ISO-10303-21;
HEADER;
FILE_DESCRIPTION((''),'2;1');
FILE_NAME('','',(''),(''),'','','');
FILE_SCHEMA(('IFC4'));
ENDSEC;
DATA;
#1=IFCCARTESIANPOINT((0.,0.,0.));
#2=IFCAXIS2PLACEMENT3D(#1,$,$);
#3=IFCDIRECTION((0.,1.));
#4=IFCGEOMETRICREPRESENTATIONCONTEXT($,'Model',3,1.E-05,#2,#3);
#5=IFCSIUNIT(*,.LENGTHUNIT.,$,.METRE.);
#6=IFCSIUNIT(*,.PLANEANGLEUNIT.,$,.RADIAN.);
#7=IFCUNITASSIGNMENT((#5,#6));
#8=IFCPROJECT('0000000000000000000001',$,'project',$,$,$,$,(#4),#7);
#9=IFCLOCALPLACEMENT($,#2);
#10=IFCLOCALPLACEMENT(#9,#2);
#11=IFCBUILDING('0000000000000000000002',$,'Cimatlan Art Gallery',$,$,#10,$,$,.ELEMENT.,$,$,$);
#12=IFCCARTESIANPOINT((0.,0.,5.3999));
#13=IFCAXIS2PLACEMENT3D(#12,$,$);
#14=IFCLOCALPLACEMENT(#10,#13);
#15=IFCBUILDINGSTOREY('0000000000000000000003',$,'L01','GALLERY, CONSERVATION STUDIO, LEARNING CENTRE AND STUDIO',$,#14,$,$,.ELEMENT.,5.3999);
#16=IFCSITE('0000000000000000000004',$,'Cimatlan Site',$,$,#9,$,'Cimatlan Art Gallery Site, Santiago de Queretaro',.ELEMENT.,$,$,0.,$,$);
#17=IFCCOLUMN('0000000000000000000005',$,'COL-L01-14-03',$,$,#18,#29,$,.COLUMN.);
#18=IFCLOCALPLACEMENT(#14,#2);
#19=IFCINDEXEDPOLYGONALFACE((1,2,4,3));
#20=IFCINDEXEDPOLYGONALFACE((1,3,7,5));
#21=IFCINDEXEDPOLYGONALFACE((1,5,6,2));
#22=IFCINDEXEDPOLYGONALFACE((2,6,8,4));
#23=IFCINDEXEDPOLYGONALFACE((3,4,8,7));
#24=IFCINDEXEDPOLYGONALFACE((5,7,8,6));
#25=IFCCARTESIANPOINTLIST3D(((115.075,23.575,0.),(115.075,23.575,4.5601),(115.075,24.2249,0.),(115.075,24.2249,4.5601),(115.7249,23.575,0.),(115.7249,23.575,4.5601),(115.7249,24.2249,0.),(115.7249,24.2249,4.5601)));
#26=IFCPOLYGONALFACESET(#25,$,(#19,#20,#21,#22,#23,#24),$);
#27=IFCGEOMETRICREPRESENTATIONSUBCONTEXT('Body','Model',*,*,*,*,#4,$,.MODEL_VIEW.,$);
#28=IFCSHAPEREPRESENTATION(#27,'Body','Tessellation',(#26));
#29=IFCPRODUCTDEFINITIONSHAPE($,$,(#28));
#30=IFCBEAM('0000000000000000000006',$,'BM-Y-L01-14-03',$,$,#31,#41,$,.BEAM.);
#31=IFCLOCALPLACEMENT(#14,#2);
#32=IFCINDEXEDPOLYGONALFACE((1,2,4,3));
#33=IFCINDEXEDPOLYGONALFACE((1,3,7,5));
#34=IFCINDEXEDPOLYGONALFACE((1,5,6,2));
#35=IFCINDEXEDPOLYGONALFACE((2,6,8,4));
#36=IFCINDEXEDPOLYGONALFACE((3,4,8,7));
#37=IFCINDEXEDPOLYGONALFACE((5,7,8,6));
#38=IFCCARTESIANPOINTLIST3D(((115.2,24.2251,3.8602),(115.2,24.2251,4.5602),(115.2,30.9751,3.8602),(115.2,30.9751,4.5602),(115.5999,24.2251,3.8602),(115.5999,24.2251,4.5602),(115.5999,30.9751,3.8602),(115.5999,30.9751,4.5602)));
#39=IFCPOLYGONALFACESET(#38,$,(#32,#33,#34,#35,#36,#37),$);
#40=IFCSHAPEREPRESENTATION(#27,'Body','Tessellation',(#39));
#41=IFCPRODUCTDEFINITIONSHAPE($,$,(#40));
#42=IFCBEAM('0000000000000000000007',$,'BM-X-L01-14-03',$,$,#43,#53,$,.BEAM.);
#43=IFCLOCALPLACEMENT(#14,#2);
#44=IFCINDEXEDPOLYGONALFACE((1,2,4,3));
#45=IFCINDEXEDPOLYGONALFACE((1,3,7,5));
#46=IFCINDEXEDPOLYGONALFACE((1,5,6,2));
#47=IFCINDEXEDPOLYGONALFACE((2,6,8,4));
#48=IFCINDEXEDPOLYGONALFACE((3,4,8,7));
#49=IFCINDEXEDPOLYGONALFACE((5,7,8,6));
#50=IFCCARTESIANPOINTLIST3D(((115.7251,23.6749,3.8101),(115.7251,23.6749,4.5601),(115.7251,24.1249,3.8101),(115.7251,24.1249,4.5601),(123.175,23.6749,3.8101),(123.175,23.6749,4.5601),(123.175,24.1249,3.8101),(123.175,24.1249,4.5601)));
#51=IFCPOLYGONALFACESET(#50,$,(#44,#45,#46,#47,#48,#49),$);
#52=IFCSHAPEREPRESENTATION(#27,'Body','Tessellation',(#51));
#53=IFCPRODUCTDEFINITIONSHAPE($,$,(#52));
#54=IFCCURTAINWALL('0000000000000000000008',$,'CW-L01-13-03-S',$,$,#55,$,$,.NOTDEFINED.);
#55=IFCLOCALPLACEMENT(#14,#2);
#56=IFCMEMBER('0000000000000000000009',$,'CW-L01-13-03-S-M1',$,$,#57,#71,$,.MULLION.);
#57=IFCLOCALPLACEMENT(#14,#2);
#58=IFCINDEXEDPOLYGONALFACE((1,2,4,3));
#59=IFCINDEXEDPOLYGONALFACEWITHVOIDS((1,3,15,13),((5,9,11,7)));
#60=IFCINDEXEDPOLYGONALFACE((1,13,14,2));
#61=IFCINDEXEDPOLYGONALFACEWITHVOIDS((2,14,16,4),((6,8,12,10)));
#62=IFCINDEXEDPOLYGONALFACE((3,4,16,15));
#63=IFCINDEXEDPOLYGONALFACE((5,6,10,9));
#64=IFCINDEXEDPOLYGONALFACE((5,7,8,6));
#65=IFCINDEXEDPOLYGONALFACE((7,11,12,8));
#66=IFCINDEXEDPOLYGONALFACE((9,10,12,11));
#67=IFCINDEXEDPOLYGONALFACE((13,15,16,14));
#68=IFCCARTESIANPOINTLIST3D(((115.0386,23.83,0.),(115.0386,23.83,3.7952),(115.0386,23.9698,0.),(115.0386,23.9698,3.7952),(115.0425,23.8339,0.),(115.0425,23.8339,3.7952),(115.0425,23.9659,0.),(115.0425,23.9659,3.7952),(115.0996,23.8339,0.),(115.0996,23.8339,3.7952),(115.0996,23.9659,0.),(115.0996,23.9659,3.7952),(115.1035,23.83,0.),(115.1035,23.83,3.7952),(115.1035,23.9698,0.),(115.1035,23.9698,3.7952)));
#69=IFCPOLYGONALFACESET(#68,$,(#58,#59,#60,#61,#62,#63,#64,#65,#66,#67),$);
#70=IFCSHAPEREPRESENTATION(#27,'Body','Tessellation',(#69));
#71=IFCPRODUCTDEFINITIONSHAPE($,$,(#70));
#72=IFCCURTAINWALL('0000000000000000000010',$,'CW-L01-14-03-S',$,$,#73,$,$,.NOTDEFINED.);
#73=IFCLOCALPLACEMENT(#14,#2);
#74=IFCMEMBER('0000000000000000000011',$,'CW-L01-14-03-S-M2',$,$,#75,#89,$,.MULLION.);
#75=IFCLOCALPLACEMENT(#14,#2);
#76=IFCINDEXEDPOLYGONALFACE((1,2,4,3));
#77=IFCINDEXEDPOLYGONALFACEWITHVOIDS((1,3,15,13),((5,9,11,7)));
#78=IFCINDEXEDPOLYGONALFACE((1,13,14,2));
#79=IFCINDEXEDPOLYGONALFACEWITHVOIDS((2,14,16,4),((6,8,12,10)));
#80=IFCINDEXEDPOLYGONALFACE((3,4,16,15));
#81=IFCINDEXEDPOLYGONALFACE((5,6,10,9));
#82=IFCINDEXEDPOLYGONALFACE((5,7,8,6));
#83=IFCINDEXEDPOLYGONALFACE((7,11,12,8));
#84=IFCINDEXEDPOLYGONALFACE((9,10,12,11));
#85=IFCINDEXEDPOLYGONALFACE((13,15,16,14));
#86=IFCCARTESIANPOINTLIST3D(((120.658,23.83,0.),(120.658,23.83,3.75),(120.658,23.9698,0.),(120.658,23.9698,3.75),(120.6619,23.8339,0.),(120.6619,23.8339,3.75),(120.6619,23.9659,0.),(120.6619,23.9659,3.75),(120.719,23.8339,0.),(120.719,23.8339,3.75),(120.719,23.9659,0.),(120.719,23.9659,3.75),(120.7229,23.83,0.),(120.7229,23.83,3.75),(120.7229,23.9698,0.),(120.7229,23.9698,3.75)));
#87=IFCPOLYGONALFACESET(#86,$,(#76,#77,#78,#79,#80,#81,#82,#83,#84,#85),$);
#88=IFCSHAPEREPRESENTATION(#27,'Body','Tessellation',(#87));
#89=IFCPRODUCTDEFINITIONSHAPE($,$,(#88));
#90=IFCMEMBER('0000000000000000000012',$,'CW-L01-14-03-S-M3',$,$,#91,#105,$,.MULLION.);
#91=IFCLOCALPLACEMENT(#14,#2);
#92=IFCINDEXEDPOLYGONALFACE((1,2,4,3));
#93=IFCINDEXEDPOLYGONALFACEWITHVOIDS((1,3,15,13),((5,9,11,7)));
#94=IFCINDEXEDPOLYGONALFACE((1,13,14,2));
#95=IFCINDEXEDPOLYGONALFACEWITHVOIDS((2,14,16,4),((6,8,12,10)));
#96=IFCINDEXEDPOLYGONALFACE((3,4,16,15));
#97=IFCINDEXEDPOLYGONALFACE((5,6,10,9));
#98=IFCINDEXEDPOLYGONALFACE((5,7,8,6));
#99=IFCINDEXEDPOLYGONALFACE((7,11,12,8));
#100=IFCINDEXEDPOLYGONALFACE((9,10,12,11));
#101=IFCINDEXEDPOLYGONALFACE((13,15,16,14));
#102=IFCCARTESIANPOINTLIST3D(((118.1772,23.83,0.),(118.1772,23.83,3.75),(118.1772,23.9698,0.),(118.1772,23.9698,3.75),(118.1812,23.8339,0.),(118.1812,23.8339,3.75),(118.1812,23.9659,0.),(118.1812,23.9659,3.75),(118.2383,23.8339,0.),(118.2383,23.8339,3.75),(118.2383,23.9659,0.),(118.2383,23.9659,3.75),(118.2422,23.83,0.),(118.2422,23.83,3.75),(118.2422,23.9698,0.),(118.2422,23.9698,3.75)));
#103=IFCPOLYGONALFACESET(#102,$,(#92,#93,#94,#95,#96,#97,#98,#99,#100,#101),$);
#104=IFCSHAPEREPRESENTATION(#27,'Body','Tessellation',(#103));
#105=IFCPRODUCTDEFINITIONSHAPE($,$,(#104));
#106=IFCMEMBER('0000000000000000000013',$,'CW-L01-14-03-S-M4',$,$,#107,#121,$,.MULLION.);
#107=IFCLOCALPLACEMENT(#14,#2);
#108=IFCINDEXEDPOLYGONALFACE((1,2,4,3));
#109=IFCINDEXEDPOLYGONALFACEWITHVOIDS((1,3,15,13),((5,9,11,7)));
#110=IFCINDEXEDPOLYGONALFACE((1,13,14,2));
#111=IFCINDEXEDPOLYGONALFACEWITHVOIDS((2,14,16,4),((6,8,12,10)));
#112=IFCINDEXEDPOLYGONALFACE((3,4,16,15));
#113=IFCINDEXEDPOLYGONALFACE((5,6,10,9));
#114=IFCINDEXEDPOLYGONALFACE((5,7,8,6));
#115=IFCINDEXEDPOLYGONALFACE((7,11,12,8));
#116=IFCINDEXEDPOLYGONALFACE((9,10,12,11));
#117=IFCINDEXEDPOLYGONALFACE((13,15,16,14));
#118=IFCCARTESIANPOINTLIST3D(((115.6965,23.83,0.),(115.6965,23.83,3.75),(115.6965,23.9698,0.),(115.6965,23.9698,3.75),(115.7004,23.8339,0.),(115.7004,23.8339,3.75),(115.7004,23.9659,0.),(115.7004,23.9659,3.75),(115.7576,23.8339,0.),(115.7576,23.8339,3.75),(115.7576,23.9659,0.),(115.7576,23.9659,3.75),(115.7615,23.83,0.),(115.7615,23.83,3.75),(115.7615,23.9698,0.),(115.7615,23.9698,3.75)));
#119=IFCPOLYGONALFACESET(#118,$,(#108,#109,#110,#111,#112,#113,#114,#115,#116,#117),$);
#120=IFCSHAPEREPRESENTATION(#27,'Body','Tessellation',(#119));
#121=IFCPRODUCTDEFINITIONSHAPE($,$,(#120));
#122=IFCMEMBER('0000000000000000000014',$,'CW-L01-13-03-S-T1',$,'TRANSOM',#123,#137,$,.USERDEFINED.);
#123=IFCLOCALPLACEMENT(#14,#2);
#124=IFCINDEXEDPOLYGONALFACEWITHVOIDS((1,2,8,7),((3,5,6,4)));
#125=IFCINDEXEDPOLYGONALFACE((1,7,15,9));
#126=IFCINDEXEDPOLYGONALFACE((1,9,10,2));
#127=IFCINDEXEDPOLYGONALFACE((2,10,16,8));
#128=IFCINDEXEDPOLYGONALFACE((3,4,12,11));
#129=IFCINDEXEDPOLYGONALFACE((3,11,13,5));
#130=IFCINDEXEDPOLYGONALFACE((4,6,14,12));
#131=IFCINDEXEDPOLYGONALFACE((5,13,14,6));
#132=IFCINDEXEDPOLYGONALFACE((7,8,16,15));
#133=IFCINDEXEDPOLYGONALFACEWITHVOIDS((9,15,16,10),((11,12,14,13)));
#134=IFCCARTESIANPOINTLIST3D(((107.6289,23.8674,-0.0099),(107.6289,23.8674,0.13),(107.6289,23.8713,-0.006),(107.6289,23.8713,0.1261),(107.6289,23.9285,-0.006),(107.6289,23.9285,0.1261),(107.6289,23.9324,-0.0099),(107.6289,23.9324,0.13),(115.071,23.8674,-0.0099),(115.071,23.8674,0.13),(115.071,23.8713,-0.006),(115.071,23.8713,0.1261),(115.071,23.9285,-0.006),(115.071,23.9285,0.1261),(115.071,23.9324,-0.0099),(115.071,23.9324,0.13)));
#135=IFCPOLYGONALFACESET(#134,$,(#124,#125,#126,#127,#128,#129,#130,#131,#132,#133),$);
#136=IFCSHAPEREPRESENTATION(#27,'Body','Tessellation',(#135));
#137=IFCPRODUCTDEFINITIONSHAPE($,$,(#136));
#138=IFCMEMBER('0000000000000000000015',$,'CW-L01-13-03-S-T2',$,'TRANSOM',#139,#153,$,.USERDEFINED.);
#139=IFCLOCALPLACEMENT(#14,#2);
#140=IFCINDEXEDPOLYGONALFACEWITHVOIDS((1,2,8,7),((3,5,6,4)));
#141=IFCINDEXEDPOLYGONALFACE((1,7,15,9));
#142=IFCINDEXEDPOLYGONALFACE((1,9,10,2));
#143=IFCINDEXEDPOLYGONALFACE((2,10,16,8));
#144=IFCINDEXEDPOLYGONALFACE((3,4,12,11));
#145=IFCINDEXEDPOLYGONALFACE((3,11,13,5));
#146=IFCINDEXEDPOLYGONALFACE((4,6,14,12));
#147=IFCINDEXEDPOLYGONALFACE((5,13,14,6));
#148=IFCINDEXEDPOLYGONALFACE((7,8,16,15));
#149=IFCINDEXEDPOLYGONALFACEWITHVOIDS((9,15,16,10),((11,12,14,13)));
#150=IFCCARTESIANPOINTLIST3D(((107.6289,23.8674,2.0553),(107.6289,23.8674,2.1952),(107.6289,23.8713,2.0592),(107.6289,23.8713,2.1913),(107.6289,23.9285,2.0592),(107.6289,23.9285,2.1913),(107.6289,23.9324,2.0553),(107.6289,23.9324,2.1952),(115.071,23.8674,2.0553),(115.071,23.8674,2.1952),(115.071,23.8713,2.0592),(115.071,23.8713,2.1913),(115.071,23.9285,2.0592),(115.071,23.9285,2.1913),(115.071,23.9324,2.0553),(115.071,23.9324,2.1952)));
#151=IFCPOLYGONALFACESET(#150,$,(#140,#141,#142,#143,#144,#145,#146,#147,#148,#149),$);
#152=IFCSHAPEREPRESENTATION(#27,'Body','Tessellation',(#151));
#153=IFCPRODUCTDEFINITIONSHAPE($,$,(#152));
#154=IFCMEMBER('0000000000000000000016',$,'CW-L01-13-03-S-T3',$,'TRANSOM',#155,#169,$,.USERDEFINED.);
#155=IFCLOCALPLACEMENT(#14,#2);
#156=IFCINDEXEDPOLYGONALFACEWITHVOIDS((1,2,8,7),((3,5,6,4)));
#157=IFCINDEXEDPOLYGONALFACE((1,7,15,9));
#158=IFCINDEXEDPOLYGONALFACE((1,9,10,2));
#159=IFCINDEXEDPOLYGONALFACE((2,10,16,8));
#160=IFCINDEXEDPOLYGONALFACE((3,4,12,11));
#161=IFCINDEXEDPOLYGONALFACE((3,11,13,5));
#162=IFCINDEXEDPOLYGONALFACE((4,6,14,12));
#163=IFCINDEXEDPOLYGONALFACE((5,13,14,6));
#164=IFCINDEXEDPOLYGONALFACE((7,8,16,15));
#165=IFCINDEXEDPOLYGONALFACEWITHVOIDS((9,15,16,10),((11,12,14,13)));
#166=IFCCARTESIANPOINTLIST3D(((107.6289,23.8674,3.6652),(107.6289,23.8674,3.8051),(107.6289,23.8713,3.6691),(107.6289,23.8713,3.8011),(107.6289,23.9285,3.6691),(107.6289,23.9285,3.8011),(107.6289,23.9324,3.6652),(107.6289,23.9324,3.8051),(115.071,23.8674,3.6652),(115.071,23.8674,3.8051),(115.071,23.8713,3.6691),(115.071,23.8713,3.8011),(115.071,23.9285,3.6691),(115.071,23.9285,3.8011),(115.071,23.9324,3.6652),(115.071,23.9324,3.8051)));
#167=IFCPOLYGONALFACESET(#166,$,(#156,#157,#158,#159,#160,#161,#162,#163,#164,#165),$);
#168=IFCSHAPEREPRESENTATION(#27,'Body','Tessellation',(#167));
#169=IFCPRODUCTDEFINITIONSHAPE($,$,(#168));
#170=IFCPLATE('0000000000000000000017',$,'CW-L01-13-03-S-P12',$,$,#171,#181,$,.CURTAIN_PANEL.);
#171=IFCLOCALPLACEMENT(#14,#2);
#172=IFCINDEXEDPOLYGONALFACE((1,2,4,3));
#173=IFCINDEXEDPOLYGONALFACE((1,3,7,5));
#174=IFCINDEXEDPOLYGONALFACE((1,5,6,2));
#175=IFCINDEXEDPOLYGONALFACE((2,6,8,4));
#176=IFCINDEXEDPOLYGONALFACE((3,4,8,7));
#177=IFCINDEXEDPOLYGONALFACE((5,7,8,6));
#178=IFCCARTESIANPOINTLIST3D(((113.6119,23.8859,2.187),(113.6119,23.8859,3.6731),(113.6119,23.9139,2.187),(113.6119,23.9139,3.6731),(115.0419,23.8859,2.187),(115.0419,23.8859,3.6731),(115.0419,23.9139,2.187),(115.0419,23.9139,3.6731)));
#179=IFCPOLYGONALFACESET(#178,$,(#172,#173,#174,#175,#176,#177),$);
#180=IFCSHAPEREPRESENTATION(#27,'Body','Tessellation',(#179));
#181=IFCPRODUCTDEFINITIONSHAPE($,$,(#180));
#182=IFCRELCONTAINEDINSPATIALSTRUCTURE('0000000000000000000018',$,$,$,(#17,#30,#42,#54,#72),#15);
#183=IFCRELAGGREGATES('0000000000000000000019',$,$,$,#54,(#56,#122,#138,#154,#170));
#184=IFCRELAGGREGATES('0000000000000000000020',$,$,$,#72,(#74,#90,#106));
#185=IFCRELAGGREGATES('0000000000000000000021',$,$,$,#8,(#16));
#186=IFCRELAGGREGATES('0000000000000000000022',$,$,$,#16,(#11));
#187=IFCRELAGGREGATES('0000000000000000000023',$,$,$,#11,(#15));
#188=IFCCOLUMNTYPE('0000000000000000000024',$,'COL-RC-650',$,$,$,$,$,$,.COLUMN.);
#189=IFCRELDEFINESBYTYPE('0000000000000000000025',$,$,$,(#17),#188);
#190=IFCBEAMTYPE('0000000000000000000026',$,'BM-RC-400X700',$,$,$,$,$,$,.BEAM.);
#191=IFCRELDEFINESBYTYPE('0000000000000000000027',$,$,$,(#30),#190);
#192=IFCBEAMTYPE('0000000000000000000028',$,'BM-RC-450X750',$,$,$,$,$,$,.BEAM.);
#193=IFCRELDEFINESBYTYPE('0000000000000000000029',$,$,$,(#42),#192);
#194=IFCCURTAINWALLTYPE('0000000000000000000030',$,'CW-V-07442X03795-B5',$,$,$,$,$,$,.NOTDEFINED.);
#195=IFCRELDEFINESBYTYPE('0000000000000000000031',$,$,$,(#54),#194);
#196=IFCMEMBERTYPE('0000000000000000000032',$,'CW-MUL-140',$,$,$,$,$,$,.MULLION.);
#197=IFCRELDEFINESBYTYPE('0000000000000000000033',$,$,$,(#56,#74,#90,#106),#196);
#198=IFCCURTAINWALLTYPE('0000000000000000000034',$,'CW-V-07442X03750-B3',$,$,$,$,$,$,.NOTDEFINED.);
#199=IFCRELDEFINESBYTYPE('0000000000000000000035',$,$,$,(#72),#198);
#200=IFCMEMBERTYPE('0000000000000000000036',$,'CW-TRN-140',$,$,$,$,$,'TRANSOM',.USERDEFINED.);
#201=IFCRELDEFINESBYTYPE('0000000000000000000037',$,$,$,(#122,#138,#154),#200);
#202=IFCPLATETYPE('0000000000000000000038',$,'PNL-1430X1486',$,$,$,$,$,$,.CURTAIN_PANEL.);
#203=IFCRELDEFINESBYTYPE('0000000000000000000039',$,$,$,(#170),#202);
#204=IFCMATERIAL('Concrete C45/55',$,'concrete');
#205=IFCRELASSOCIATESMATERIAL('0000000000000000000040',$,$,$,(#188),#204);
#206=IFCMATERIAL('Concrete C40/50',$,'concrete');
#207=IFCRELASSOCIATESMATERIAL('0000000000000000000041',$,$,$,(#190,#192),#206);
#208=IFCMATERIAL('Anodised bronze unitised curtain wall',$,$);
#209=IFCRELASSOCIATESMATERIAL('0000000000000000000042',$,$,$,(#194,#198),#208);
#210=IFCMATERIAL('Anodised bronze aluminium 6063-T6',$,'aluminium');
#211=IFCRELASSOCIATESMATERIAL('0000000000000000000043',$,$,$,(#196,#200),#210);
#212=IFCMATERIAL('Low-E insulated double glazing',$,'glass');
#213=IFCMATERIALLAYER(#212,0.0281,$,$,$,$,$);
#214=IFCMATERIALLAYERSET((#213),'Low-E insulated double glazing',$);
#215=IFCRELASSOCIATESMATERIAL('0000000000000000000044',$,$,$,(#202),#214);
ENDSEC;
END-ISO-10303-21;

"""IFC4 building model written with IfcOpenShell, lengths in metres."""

from ifc_helpers import new_model, si_unit, direction, frame, origin, origin_2d, place, context, subcontext, project, spatial, rectangle, hollow_rectangle, extrude, material, layer, layer_set, material_profile, profile_set, type_object, element, aggregate, save


model = new_model("IFC4")

# Units and contexts
model_context = context("Model", 3, precision=1e-05, world=origin(), true_north=direction((0.0, 1.0)))
body_context = subcontext(model_context, "Body", "Model", "MODEL_VIEW")
ifc_project = project(units=[si_unit("LENGTHUNIT", "METRE"), si_unit("PLANEANGLEUNIT", "RADIAN")], contexts=[model_context])

# Site, building, storey
site_placement = place(None, origin())
site = spatial("IfcSite", under=ifc_project, at=site_placement, Name="Cimatlan Site", LongName="Cimatlan Art Gallery Site, Santiago de Queretaro", CompositionType="ELEMENT", RefElevation=0.0)
building_placement = place(site_placement, origin())
building = spatial("IfcBuilding", under=site, at=building_placement, Name="Cimatlan Art Gallery", CompositionType="ELEMENT")
storey_placement = place(building_placement, frame((0.0, 0.0, 5.3999)))
storey = spatial("IfcBuildingStorey", under=building, at=storey_placement, Name="L01", Description="GALLERY, CONSERVATION STUDIO, LEARNING CENTRE AND STUDIO", CompositionType="ELEMENT", Elevation=5.3999)

# Column
ifc_material_1 = material(Name="Concrete C45/55", Category="concrete")
ifc_material_profile_1 = material_profile(ifc_material_1, rectangle(XDim=0.6499, YDim=0.6499, at=origin_2d()), Name="RC650X650")
ifc_profile_set_1 = profile_set([ifc_material_profile_1], Name="Concrete C45/55")
column_type = type_object("IfcColumnType", Name="COL-RC-650", PredefinedType="COLUMN", material=ifc_profile_set_1)
column_placement = place(storey_placement, frame((115.3999, 23.8999, 0.0), z_axis=(0.0, 0.0, 1.0), x_axis=(1.0, 0.0, 0.0)))
element("IfcColumn", 1, at=column_placement, inside=storey, type_object=column_type, Name="COL-L01-14-03", PredefinedType="COLUMN", context=body_context, shape_type="SweptSolid", body=[
    extrude(rectangle(XDim=0.6499, YDim=0.6499, at=origin_2d()), origin(), (0.0, 0.0, 1.0), 4.5601),
])

# Beams
ifc_material_2 = material(Name="Concrete C40/50", Category="concrete")
ifc_material_profile_2 = material_profile(ifc_material_2, rectangle(XDim=0.3999, YDim=0.7, at=origin_2d()), Name="RC400X700")
ifc_profile_set_2 = profile_set([ifc_material_profile_2], Name="Concrete C40/50")
beam_type_1 = type_object("IfcBeamType", Name="BM-RC-400X700", PredefinedType="BEAM", material=ifc_profile_set_2)
beam_1_placement = place(storey_placement, frame((115.3999, 24.2251, 4.2102), z_axis=(0.0, 1.0, 0.0), x_axis=(-1.0, 0.0, 0.0)))
element("IfcBeam", 2, at=beam_1_placement, inside=storey, type_object=beam_type_1, Name="BM-Y-L01-14-03", PredefinedType="BEAM", context=body_context, shape_type="SweptSolid", body=[
    extrude(rectangle(XDim=0.3999, YDim=0.7, at=origin_2d()), origin(), (0.0, 0.0, 1.0), 6.75),
])
ifc_material_profile_3 = material_profile(ifc_material_2, rectangle(XDim=0.45, YDim=0.75, at=origin_2d()), Name="RC450X750")
ifc_profile_set_3 = profile_set([ifc_material_profile_3], Name="Concrete C40/50")
beam_type_2 = type_object("IfcBeamType", Name="BM-RC-450X750", PredefinedType="BEAM", material=ifc_profile_set_3)
beam_2_placement = place(storey_placement, frame((115.7251, 23.8999, 4.1851), z_axis=(1.0, 0.0, 0.0), x_axis=(0.0, 1.0, 0.0)))
element("IfcBeam", 3, at=beam_2_placement, inside=storey, type_object=beam_type_2, Name="BM-X-L01-14-03", PredefinedType="BEAM", context=body_context, shape_type="SweptSolid", body=[
    extrude(rectangle(XDim=0.45, YDim=0.75, at=origin_2d()), origin(), (0.0, 0.0, 1.0), 7.45),
])

# Curtain wall, member
ifc_material_3 = material(Name="Anodised bronze unitised curtain wall")
curtain_wall_type_1 = type_object("IfcCurtainWallType", Name="CW-V-07442X03795-B5", PredefinedType="NOTDEFINED", material=ifc_material_3)
curtain_wall_1_placement = place(storey_placement, origin())
curtain_wall_1 = element("IfcCurtainWall", 4, at=curtain_wall_1_placement, inside=storey, type_object=curtain_wall_type_1, Name="CW-L01-13-03-S", PredefinedType="NOTDEFINED")
ifc_material_4 = material(Name="Anodised bronze aluminium 6063-T6", Category="aluminium")
ifc_material_profile_4 = material_profile(ifc_material_4, hollow_rectangle(XDim=0.0649, YDim=0.1399, WallThickness=0.0039, at=origin_2d()), Name="ALU65X140X4")
ifc_profile_set_4 = profile_set([ifc_material_profile_4], Name="Anodised bronze aluminium 6063-T6")
member_type_1 = type_object("IfcMemberType", Name="CW-MUL-140", PredefinedType="MULLION", material=ifc_profile_set_4)
member_1_placement = place(storey_placement, frame((115.071, 23.8999, 0.0), z_axis=(0.0, 0.0, 1.0), x_axis=(1.0, 0.0, 0.0)))
member_1 = element("IfcMember", 5, at=member_1_placement, type_object=member_type_1, Name="CW-L01-13-03-S-M1", PredefinedType="MULLION", context=body_context, shape_type="SweptSolid", body=[
    extrude(hollow_rectangle(XDim=0.0649, YDim=0.1399, WallThickness=0.0039, at=origin_2d()), origin(), (0.0, 0.0, 1.0), 3.7952),
])

# Curtain wall, members
curtain_wall_type_2 = type_object("IfcCurtainWallType", Name="CW-V-07442X03750-B3", PredefinedType="NOTDEFINED", material=ifc_material_3)
curtain_wall_2_placement = place(storey_placement, origin())
curtain_wall_2 = element("IfcCurtainWall", 6, at=curtain_wall_2_placement, inside=storey, type_object=curtain_wall_type_2, Name="CW-L01-14-03-S", PredefinedType="NOTDEFINED")
member_2_placement = place(storey_placement, frame((120.6904, 23.8999, 0.0), z_axis=(0.0, 0.0, 1.0), x_axis=(1.0, 0.0, 0.0)))
member_2 = element("IfcMember", 7, at=member_2_placement, type_object=member_type_1, Name="CW-L01-14-03-S-M2", PredefinedType="MULLION", context=body_context, shape_type="SweptSolid", body=[
    extrude(hollow_rectangle(XDim=0.0649, YDim=0.1399, WallThickness=0.0039, at=origin_2d()), origin(), (0.0, 0.0, 1.0), 3.75),
])
member_3_placement = place(storey_placement, frame((118.2097, 23.8999, 0.0), z_axis=(0.0, 0.0, 1.0), x_axis=(1.0, 0.0, 0.0)))
member_3 = element("IfcMember", 8, at=member_3_placement, type_object=member_type_1, Name="CW-L01-14-03-S-M3", PredefinedType="MULLION", context=body_context, shape_type="SweptSolid", body=[
    extrude(hollow_rectangle(XDim=0.0649, YDim=0.1399, WallThickness=0.0039, at=origin_2d()), origin(), (0.0, 0.0, 1.0), 3.75),
])
member_4_placement = place(storey_placement, frame((115.729, 23.8999, 0.0), z_axis=(0.0, 0.0, 1.0), x_axis=(1.0, 0.0, 0.0)))
member_4 = element("IfcMember", 9, at=member_4_placement, type_object=member_type_1, Name="CW-L01-14-03-S-M4", PredefinedType="MULLION", context=body_context, shape_type="SweptSolid", body=[
    extrude(hollow_rectangle(XDim=0.0649, YDim=0.1399, WallThickness=0.0039, at=origin_2d()), origin(), (0.0, 0.0, 1.0), 3.75),
])

# Members
ifc_material_profile_5 = material_profile(ifc_material_4, hollow_rectangle(XDim=0.0649, YDim=0.1399, WallThickness=0.0039, at=origin_2d()), Name="ALU65X140X4")
ifc_profile_set_5 = profile_set([ifc_material_profile_5], Name="Anodised bronze aluminium 6063-T6")
member_type_2 = type_object("IfcMemberType", Name="CW-TRN-140", ElementType="TRANSOM", PredefinedType="USERDEFINED", material=ifc_profile_set_5)
member_5_placement = place(storey_placement, frame((115.071, 23.8999, 0.0601), z_axis=(-1.0, 0.0, 0.0), x_axis=(0.0, -1.0, 0.0)))
member_5 = element("IfcMember", 10, at=member_5_placement, type_object=member_type_2, Name="CW-L01-13-03-S-T1", ObjectType="TRANSOM", PredefinedType="USERDEFINED", context=body_context, shape_type="SweptSolid", body=[
    extrude(hollow_rectangle(XDim=0.0649, YDim=0.1399, WallThickness=0.0039, at=origin_2d()), origin(), (0.0, 0.0, 1.0), 7.4421),
])
member_6_placement = place(storey_placement, frame((115.071, 23.8999, 2.1252), z_axis=(-1.0, 0.0, 0.0), x_axis=(0.0, -1.0, 0.0)))
member_6 = element("IfcMember", 11, at=member_6_placement, type_object=member_type_2, Name="CW-L01-13-03-S-T2", ObjectType="TRANSOM", PredefinedType="USERDEFINED", context=body_context, shape_type="SweptSolid", body=[
    extrude(hollow_rectangle(XDim=0.0649, YDim=0.1399, WallThickness=0.0039, at=origin_2d()), origin(), (0.0, 0.0, 1.0), 7.4421),
])
member_7_placement = place(storey_placement, frame((115.071, 23.8999, 3.7351), z_axis=(-1.0, 0.0, 0.0), x_axis=(0.0, -1.0, 0.0)))
member_7 = element("IfcMember", 12, at=member_7_placement, type_object=member_type_2, Name="CW-L01-13-03-S-T3", ObjectType="TRANSOM", PredefinedType="USERDEFINED", context=body_context, shape_type="SweptSolid", body=[
    extrude(hollow_rectangle(XDim=0.0649, YDim=0.1399, WallThickness=0.0039, at=origin_2d()), origin(), (0.0, 0.0, 1.0), 7.4421),
])

# Plate
ifc_material_5 = material(Name="Low-E insulated double glazing", Category="glass")
ifc_layer_1 = layer(ifc_material_5, 0.0281)
ifc_layer_set_1 = layer_set([ifc_layer_1], Name="Low-E insulated double glazing")
plate_type_1 = type_object("IfcPlateType", Name="PNL-1430X1486", PredefinedType="CURTAIN_PANEL", material=ifc_layer_set_1)
plate_1_placement = place(storey_placement, frame((114.3269, 23.8999, 2.187), z_axis=(0.0, 0.0, 1.0), x_axis=(-1.0, 0.0, 0.0)))
plate_1 = element("IfcPlate", 13, at=plate_1_placement, type_object=plate_type_1, Name="CW-L01-13-03-S-P12", PredefinedType="CURTAIN_PANEL", context=body_context, shape_type="SweptSolid", body=[
    extrude(rectangle(XDim=1.4299, YDim=0.0281, at=origin_2d()), origin(), (0.0, 0.0, 1.0), 1.4861),
])
aggregate(curtain_wall_1, [member_1, member_5, member_6, member_7, plate_1])
aggregate(curtain_wall_2, [member_2, member_3, member_4])

save(model, "model.ifc")
